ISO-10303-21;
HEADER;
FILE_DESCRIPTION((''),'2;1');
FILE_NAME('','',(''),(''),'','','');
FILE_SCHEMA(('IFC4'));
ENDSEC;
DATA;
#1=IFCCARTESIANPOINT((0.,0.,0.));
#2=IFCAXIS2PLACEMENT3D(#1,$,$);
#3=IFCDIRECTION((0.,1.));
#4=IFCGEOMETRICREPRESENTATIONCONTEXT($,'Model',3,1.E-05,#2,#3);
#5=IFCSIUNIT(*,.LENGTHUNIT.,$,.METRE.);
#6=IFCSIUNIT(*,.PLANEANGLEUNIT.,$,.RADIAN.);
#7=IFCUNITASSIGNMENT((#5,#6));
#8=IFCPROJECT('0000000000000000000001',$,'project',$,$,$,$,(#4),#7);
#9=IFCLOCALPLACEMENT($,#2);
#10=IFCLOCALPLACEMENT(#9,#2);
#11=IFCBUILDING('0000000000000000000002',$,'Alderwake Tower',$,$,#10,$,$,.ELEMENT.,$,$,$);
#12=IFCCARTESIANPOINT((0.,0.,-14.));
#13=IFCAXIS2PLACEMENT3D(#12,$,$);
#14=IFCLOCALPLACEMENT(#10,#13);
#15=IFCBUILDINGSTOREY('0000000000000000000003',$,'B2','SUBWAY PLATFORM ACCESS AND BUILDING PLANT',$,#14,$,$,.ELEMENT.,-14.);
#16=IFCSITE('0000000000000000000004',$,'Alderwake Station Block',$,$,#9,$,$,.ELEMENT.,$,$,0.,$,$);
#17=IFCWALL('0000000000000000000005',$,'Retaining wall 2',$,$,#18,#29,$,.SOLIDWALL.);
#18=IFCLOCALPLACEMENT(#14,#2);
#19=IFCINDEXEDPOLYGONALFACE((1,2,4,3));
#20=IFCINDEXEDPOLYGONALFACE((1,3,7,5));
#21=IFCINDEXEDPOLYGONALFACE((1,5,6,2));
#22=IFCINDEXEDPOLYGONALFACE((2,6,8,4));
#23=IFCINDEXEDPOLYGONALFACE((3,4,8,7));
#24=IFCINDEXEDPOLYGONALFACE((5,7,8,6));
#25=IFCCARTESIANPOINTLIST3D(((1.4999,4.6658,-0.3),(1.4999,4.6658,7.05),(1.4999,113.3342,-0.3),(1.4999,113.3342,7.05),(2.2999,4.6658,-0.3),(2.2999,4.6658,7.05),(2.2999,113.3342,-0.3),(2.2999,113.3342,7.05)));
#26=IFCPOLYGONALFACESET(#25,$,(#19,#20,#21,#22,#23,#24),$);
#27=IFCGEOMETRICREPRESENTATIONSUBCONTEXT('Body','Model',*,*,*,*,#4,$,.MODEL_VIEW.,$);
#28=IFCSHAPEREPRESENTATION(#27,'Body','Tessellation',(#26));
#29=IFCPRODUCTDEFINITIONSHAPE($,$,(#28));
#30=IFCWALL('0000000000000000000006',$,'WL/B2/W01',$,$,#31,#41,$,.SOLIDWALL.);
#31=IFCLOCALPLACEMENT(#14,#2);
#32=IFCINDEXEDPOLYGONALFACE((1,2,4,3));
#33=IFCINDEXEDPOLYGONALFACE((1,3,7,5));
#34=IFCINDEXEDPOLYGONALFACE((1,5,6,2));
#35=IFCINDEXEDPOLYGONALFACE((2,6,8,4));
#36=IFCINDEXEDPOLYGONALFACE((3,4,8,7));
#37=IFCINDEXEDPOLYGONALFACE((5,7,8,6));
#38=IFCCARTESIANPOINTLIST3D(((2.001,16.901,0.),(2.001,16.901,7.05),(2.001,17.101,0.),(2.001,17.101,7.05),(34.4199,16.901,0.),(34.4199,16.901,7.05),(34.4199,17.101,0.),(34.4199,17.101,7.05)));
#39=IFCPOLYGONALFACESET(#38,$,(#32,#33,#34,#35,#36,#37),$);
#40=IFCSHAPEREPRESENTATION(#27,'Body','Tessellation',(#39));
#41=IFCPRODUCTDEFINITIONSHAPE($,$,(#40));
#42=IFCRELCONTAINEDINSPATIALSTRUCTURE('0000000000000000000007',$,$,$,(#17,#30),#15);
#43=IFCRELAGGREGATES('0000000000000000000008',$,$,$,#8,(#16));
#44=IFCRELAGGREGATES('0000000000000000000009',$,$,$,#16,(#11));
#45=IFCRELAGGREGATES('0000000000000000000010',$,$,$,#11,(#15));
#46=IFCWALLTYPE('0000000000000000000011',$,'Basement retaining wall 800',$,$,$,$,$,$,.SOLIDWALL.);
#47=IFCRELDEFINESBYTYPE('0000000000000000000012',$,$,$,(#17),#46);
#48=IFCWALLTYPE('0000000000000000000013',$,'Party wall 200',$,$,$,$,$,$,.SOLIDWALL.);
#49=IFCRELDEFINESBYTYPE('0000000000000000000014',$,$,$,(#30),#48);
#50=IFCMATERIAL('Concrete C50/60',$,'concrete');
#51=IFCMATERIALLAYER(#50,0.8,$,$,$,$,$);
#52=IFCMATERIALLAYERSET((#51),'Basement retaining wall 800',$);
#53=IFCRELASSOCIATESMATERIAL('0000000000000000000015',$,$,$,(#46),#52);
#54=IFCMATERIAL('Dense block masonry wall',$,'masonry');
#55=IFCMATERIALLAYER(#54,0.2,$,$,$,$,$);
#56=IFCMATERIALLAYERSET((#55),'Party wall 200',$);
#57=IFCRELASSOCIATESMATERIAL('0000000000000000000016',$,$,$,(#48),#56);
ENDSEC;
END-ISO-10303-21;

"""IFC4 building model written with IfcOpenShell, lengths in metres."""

from ifc_helpers import new_model, si_unit, direction, frame, frame_2d, origin, place, context, subcontext, project, spatial, rectangle, extrude, material, layer, layer_set, type_object, element, save


model = new_model("IFC4")

# Units and contexts
model_context = context("Model", 3, precision=1e-05, world=origin(), true_north=direction((0.0, 1.0)))
body_context = subcontext(model_context, "Body", "Model", "MODEL_VIEW")
ifc_project = project(units=[si_unit("LENGTHUNIT", "METRE"), si_unit("PLANEANGLEUNIT", "RADIAN")], contexts=[model_context])

# Site, building, storey
site_placement = place(None, origin())
site = spatial("IfcSite", under=ifc_project, at=site_placement, Name="Alderwake Station Block", CompositionType="ELEMENT", RefElevation=0.0)
building_placement = place(site_placement, origin())
building = spatial("IfcBuilding", under=site, at=building_placement, Name="Alderwake Tower", CompositionType="ELEMENT")
storey_placement = place(building_placement, frame((0.0, 0.0, -14.0)))
storey = spatial("IfcBuildingStorey", under=building, at=storey_placement, Name="B2", Description="SUBWAY PLATFORM ACCESS AND BUILDING PLANT", CompositionType="ELEMENT", Elevation=-14.0)

# Walls
ifc_material_1 = material(Name="Concrete C50/60", Category="concrete")
ifc_layer_1 = layer(ifc_material_1, 0.8)
ifc_layer_set_1 = layer_set([ifc_layer_1], Name="Basement retaining wall 800")
wall_type_1 = type_object("IfcWallType", Name="Basement retaining wall 800", PredefinedType="SOLIDWALL", material=ifc_layer_set_1)
wall_1_placement = place(storey_placement, frame((1.8999, 4.6658, -0.3), z_axis=(0.0, 0.0, 1.0), x_axis=(0.0, 1.0, 0.0)))
element("IfcWall", 1, at=wall_1_placement, inside=storey, type_object=wall_type_1, Name="Retaining wall 2", PredefinedType="SOLIDWALL", context=body_context, shape_type="SweptSolid", body=[
    extrude(rectangle(XDim=108.6685, YDim=0.8, at=frame_2d((54.3342, 0.0))), origin(), (0.0, 0.0, 1.0), 7.3501),
])
ifc_material_2 = material(Name="Dense block masonry wall", Category="masonry")
ifc_layer_2 = layer(ifc_material_2, 0.2)
ifc_layer_set_2 = layer_set([ifc_layer_2], Name="Party wall 200")
wall_type_2 = type_object("IfcWallType", Name="Party wall 200", PredefinedType="SOLIDWALL", material=ifc_layer_set_2)
wall_2_placement = place(storey_placement, frame((2.001, 17.001, 0.0), z_axis=(0.0, 0.0, 1.0), x_axis=(1.0, 0.0, 0.0)))
element("IfcWall", 2, at=wall_2_placement, inside=storey, type_object=wall_type_2, Name="WL/B2/W01", PredefinedType="SOLIDWALL", context=body_context, shape_type="SweptSolid", body=[
    extrude(rectangle(XDim=32.4189, YDim=0.2, at=frame_2d((16.2095, 0.0))), origin(), (0.0, 0.0, 1.0), 7.05),
])

save(model, "model.ifc")
